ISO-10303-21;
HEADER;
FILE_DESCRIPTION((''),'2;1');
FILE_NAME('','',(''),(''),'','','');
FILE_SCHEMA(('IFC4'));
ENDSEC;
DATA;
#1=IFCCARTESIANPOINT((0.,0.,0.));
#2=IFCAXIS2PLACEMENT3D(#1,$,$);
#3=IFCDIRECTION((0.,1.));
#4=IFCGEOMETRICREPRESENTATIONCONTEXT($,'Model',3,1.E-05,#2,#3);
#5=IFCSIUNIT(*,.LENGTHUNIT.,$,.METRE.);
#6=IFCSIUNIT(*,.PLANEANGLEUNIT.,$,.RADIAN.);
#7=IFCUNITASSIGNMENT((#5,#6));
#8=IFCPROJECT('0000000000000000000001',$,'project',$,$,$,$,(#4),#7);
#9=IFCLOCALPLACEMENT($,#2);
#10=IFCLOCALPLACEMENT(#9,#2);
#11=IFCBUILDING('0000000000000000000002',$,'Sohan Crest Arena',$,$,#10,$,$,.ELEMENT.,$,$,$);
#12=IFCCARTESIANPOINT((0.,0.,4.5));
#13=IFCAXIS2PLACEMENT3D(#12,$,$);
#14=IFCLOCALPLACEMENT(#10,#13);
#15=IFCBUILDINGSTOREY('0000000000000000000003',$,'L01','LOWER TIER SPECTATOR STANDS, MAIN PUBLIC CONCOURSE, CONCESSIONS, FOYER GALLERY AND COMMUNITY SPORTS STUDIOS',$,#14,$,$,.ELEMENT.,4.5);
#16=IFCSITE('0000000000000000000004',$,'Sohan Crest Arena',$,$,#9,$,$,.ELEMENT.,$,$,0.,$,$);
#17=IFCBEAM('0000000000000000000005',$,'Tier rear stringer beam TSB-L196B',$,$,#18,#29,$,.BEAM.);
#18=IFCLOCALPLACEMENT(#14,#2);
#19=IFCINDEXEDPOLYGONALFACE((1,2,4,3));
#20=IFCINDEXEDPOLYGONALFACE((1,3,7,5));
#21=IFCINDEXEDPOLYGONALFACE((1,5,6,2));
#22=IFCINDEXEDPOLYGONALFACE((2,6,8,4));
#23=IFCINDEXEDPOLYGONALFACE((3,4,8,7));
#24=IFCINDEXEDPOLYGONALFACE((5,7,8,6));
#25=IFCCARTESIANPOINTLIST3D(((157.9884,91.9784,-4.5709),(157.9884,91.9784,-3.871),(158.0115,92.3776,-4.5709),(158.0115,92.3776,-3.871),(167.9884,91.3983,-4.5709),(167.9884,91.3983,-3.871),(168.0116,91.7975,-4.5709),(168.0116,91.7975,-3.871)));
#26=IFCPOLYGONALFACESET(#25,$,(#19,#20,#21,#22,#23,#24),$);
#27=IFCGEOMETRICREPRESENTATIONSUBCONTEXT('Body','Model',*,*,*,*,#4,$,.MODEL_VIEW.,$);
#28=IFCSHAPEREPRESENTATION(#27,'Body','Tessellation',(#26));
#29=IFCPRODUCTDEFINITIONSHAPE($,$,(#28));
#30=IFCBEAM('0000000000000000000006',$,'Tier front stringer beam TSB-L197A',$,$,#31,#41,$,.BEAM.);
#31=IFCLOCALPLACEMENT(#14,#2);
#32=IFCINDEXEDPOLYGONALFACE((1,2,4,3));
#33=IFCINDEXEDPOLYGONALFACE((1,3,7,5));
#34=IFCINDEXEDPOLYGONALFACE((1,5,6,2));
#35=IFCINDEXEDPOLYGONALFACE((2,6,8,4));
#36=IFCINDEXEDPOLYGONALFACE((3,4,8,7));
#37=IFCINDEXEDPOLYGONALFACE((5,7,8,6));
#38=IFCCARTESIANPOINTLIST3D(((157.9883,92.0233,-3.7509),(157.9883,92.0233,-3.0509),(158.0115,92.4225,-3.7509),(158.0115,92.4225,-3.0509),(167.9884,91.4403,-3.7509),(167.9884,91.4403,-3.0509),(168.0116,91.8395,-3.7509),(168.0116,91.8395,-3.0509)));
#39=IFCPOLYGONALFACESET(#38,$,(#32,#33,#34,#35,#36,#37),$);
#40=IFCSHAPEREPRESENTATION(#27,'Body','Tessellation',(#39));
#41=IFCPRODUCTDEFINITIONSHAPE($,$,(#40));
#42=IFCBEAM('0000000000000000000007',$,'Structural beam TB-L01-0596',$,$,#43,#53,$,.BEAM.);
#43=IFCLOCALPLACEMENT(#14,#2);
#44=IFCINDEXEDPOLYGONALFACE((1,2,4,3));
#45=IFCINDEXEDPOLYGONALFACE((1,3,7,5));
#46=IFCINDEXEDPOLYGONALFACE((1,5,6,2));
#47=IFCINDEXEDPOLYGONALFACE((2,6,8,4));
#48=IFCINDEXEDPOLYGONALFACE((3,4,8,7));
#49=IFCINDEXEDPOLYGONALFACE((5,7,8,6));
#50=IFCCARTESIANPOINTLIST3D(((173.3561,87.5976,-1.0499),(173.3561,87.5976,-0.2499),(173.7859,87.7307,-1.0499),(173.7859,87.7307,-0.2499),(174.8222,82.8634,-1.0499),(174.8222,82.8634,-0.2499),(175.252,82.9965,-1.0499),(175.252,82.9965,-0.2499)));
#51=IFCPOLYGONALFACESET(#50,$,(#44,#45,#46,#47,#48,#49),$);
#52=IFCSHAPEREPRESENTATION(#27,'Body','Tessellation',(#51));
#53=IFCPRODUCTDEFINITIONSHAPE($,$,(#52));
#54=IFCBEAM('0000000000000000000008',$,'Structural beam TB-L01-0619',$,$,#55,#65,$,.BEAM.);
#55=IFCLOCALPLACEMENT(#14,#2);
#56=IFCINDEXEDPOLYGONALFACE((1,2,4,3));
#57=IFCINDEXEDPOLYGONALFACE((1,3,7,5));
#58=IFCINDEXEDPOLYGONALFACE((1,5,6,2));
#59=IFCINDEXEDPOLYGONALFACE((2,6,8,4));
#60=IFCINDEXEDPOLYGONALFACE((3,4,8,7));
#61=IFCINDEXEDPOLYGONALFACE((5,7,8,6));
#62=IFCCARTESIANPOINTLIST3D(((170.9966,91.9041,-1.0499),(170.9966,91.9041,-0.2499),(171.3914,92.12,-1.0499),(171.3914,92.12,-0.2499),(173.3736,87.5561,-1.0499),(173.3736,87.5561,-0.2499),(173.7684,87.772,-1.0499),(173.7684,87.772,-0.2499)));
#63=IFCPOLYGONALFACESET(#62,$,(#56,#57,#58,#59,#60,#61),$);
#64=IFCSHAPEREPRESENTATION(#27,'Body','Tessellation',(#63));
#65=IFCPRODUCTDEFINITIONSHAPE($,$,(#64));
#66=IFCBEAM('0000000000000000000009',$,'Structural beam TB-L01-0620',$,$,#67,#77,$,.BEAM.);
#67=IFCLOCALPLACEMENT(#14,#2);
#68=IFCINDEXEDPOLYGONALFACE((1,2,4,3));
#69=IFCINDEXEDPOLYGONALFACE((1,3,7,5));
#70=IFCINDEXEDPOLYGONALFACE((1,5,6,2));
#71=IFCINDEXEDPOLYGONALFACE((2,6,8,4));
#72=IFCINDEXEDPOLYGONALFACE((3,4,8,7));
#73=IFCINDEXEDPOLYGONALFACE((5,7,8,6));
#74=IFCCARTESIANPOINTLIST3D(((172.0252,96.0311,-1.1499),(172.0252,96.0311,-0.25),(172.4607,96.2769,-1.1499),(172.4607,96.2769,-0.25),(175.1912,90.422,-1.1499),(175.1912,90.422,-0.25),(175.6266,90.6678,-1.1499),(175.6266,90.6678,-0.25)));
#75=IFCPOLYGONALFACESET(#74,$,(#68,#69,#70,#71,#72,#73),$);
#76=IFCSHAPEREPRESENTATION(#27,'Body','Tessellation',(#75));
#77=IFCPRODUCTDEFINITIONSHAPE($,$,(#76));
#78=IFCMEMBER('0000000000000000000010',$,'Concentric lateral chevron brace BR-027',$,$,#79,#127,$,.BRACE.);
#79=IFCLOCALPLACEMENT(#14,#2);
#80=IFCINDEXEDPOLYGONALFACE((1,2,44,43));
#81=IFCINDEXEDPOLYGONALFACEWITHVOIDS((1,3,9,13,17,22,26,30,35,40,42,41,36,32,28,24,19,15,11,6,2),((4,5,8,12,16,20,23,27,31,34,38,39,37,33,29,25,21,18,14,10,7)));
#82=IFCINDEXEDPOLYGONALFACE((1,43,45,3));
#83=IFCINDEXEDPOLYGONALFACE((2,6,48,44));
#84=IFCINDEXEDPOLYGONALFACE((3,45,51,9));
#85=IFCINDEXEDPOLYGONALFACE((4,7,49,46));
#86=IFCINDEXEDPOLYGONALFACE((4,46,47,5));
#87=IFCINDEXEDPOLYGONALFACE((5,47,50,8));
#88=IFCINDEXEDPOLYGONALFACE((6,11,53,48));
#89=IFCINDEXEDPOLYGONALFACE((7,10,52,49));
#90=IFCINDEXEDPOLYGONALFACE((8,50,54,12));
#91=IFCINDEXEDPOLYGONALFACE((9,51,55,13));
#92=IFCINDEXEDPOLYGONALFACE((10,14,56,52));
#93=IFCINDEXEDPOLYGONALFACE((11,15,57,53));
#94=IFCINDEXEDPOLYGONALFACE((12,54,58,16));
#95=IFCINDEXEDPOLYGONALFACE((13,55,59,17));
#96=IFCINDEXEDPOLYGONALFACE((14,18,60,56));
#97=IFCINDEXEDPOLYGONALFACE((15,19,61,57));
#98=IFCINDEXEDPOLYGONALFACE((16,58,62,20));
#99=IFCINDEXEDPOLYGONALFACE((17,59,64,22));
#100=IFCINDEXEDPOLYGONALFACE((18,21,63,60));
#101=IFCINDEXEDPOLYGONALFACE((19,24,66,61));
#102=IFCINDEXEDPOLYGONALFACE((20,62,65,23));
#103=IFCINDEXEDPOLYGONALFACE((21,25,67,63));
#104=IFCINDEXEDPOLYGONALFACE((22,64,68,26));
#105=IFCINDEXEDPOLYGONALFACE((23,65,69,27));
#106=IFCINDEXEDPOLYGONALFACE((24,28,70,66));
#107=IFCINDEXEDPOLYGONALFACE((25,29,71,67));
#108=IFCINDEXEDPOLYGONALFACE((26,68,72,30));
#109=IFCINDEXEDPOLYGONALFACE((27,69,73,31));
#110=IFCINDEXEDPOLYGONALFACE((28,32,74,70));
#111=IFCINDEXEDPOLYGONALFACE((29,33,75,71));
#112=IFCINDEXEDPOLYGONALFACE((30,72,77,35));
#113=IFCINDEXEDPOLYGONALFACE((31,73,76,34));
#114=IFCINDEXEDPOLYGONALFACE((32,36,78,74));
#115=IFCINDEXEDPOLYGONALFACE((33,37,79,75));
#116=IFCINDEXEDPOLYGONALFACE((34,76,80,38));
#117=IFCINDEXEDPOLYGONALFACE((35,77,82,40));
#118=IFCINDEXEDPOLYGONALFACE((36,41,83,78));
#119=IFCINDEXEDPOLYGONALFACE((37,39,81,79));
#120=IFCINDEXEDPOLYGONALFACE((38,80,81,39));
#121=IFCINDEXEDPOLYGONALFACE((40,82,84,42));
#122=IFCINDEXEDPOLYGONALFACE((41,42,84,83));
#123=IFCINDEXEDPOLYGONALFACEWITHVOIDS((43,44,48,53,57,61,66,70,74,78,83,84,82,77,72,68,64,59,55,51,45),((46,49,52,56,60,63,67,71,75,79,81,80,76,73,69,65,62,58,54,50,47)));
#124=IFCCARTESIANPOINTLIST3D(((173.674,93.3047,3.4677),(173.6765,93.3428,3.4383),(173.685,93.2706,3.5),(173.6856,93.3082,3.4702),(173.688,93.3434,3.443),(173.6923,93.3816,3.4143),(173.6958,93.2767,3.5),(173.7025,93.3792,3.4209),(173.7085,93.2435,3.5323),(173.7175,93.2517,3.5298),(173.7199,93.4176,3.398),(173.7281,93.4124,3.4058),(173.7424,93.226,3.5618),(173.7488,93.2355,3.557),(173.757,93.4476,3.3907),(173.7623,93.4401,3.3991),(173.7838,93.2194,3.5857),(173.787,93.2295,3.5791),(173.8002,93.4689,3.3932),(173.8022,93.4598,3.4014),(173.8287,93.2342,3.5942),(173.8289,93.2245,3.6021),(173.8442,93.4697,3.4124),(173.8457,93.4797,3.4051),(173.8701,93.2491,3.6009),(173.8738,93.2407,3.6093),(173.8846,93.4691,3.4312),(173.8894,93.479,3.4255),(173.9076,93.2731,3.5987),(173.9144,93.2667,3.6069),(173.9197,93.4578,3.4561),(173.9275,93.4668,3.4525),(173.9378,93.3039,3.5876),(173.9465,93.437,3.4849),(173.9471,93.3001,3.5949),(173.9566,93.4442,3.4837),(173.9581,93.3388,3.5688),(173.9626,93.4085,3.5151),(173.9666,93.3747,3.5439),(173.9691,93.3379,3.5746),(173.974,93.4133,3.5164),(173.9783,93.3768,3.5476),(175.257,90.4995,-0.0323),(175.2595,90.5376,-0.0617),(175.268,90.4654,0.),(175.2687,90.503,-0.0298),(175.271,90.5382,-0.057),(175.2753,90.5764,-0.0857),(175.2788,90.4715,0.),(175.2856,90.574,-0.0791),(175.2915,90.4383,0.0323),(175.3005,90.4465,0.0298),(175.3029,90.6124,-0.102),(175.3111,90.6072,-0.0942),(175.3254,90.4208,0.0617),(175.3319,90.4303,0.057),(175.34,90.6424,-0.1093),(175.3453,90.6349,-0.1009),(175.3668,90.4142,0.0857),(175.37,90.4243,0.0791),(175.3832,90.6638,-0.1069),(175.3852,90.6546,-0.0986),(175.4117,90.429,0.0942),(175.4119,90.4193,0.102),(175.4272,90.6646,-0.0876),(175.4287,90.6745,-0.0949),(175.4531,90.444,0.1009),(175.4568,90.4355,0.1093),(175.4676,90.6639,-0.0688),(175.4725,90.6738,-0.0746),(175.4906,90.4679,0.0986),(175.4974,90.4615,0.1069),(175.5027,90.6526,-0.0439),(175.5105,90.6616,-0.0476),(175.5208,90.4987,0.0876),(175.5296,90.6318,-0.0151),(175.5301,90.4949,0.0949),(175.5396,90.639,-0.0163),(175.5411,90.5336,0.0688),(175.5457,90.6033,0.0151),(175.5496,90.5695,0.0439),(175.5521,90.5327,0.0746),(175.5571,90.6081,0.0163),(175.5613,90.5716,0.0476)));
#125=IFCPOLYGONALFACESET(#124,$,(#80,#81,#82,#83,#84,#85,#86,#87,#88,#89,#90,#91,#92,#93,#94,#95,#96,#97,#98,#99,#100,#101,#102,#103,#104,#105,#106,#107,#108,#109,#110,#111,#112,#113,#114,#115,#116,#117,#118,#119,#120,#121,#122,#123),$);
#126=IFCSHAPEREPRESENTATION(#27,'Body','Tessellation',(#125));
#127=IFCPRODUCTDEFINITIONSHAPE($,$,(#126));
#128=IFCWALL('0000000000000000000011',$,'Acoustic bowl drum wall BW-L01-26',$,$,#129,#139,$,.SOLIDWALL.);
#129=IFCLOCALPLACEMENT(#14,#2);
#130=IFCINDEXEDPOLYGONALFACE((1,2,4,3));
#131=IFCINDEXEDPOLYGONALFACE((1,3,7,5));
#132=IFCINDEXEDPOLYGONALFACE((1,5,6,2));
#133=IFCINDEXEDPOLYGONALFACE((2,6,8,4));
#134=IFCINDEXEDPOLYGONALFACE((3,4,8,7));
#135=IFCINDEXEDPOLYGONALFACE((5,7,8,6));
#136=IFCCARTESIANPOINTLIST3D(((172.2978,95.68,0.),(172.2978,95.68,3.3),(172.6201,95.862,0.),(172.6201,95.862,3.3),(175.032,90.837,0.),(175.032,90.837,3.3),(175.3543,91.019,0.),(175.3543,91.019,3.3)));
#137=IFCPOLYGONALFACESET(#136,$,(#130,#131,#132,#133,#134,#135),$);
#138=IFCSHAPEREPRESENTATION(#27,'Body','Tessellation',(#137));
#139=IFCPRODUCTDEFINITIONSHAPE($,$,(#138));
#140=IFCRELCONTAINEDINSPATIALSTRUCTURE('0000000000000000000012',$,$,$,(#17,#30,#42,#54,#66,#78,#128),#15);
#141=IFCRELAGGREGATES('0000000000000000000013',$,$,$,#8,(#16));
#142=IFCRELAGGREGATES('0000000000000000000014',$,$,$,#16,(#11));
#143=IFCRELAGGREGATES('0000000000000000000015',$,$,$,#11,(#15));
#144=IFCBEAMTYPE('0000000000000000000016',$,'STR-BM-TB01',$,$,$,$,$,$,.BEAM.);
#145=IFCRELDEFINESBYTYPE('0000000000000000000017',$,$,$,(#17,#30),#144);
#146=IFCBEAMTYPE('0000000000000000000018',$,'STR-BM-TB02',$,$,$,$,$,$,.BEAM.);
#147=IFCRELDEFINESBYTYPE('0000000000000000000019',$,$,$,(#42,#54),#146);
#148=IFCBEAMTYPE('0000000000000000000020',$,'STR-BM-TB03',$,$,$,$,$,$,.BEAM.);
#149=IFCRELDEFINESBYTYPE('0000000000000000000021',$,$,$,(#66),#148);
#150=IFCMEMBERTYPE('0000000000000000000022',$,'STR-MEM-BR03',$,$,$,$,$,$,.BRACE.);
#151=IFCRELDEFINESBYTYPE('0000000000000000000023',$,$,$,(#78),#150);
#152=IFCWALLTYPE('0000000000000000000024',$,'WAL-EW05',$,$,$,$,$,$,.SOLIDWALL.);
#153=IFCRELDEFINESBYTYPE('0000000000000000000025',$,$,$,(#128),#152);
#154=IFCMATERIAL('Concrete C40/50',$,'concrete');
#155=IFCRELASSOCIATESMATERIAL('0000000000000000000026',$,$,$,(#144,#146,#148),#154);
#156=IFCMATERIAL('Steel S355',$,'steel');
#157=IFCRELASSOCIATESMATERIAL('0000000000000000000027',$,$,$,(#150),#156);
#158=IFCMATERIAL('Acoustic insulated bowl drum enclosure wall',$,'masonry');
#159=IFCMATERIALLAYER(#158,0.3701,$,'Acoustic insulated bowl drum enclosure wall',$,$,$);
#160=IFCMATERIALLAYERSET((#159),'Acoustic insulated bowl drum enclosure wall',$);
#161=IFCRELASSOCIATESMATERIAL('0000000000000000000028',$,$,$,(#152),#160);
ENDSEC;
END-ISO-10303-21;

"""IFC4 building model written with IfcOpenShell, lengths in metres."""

from ifc_helpers import new_model, si_unit, direction, frame, frame_2d, origin, origin_2d, place, context, subcontext, project, spatial, rectangle, hollow_circle, extrude, material, layer, layer_set, material_profile, profile_set, type_object, element, save


model = new_model("IFC4")

# Units and contexts
model_context = context("Model", 3, precision=1e-05, world=origin(), true_north=direction((0.0, 1.0)))
body_context = subcontext(model_context, "Body", "Model", "MODEL_VIEW")
ifc_project = project(units=[si_unit("LENGTHUNIT", "METRE"), si_unit("PLANEANGLEUNIT", "RADIAN")], contexts=[model_context])

# Site, building, storey
site_placement = place(None, origin())
site = spatial("IfcSite", under=ifc_project, at=site_placement, Name="Sohan Crest Arena", CompositionType="ELEMENT", RefElevation=0.0)
building_placement = place(site_placement, origin())
building = spatial("IfcBuilding", under=site, at=building_placement, Name="Sohan Crest Arena", CompositionType="ELEMENT")
storey_placement = place(building_placement, frame((0.0, 0.0, 4.5)))
storey = spatial("IfcBuildingStorey", under=building, at=storey_placement, Name="L01", Description="LOWER TIER SPECTATOR STANDS, MAIN PUBLIC CONCOURSE, CONCESSIONS, FOYER GALLERY AND COMMUNITY SPORTS STUDIOS", CompositionType="ELEMENT", Elevation=4.5)

# Shared definitions
ifc_material_1 = material(Name="Concrete C40/50", Category="concrete")

# Beams
ifc_material_2 = material(Name="Steel S355", Category="steel")
ifc_material_profile_1 = material_profile(ifc_material_1, rectangle(XDim=0.3999, YDim=0.7, at=origin_2d()), Name="RC-BM 400x700")
ifc_profile_set_1 = profile_set([ifc_material_profile_1], Name="Concrete C40/50")
beam_type_1 = type_object("IfcBeamType", Name="STR-BM-TB01", PredefinedType="BEAM", material=ifc_profile_set_1)
beam_1_placement = place(storey_placement, frame((168.0, 91.5979, -4.2209), z_axis=(-0.998322, 0.05791, 0.0), x_axis=(-0.05791, -0.998322, 0.0)))
element("IfcBeam", 1, at=beam_1_placement, inside=storey, type_object=beam_type_1, Name="Tier rear stringer beam TSB-L196B", PredefinedType="BEAM", context=body_context, shape_type="SweptSolid", body=[
    extrude(rectangle(XDim=0.3999, YDim=0.7, at=origin_2d()), origin(), (0.0, 0.0, 1.0), 10.0168),
])
beam_2_placement = place(storey_placement, frame((168.0, 91.6399, -3.4009), z_axis=(-0.998305, 0.058202, 0.0), x_axis=(-0.058202, -0.998305, 0.0)))
element("IfcBeam", 2, at=beam_2_placement, inside=storey, type_object=beam_type_1, Name="Tier front stringer beam TSB-L197A", PredefinedType="BEAM", context=body_context, shape_type="SweptSolid", body=[
    extrude(rectangle(XDim=0.3999, YDim=0.7, at=origin_2d()), origin(), (0.0, 0.0, 1.0), 10.0171),
])
ifc_material_profile_2 = material_profile(ifc_material_1, rectangle(XDim=0.45, YDim=0.8, at=origin_2d()), Name="RC-BM 450x800")
ifc_profile_set_2 = profile_set([ifc_material_profile_2], Name="Concrete C40/50")
beam_type_2 = type_object("IfcBeamType", Name="STR-BM-TB02", PredefinedType="BEAM", material=ifc_profile_set_2)
beam_3_placement = place(storey_placement, frame((175.0371, 82.9299, -0.6499), z_axis=(-0.29582, 0.955244, 0.0), x_axis=(-0.955244, -0.29582, 0.0)))
element("IfcBeam", 3, at=beam_3_placement, inside=storey, type_object=beam_type_2, Name="Structural beam TB-L01-0596", PredefinedType="BEAM", context=body_context, shape_type="SweptSolid", body=[
    extrude(rectangle(XDim=0.45, YDim=0.8, at=origin_2d()), origin(), (0.0, 0.0, 1.0), 4.9561),
])
beam_4_placement = place(storey_placement, frame((173.571, 87.6641, -0.6499), z_axis=(-0.479687, 0.87744, 0.0), x_axis=(-0.87744, -0.479687, 0.0)))
element("IfcBeam", 4, at=beam_4_placement, inside=storey, type_object=beam_type_2, Name="Structural beam TB-L01-0619", PredefinedType="BEAM", context=body_context, shape_type="SweptSolid", body=[
    extrude(rectangle(XDim=0.45, YDim=0.8, at=origin_2d()), origin(), (0.0, 0.0, 1.0), 4.9553),
])
ifc_material_profile_3 = material_profile(ifc_material_1, rectangle(XDim=0.5, YDim=0.8999, at=origin_2d()), Name="RC-BM 500x900")
ifc_profile_set_3 = profile_set([ifc_material_profile_3], Name="Concrete C40/50")
beam_type_3 = type_object("IfcBeamType", Name="STR-BM-TB03", PredefinedType="BEAM", material=ifc_profile_set_3)
beam_5_placement = place(storey_placement, frame((175.4089, 90.5449, -0.7), z_axis=(-0.491544, 0.870853, 0.0), x_axis=(-0.870853, -0.491544, 0.0)))
element("IfcBeam", 5, at=beam_5_placement, inside=storey, type_object=beam_type_3, Name="Structural beam TB-L01-0620", PredefinedType="BEAM", context=body_context, shape_type="SweptSolid", body=[
    extrude(rectangle(XDim=0.5, YDim=0.8999, at=origin_2d()), origin(), (0.0, 0.0, 1.0), 6.4409),
])

# Member
ifc_material_profile_4 = material_profile(ifc_material_2, hollow_circle(Radius=0.1619, WallThickness=0.0125, at=origin_2d()), Name="CHS 323.9x12.5")
ifc_profile_set_4 = profile_set([ifc_material_profile_4], Name="Steel S355")
member_type = type_object("IfcMemberType", Name="STR-MEM-BR03", PredefinedType="BRACE", material=ifc_profile_set_4)
member_placement = place(storey_placement, frame((175.4089, 90.5449, 0.0), z_axis=(-0.332805, 0.589748, 0.735825), x_axis=(-0.870899, -0.491463, 0.0)))
element("IfcMember", 6, at=member_placement, inside=storey, type_object=member_type, Name="Concentric lateral chevron brace BR-027", PredefinedType="BRACE", context=body_context, shape_type="SweptSolid", body=[
    extrude(hollow_circle(Radius=0.1619, WallThickness=0.0125, at=origin_2d()), origin(), (0.0, 0.0, 1.0), 4.7566),
])

# Wall
ifc_material_3 = material(Name="Acoustic insulated bowl drum enclosure wall", Category="masonry")
ifc_layer = layer(ifc_material_3, 0.3701, Name="Acoustic insulated bowl drum enclosure wall")
ifc_layer_set = layer_set([ifc_layer], Name="Acoustic insulated bowl drum enclosure wall")
wall_type = type_object("IfcWallType", Name="WAL-EW05", PredefinedType="SOLIDWALL", material=ifc_layer_set)
wall_placement = place(storey_placement, frame((175.1931, 90.928, 0.0), z_axis=(0.0, 0.0, 1.0), x_axis=(-0.491617, 0.870811, 0.0)))
element("IfcWall", 7, at=wall_placement, inside=storey, type_object=wall_type, Name="Acoustic bowl drum wall BW-L01-26", PredefinedType="SOLIDWALL", context=body_context, shape_type="SweptSolid", body=[
    extrude(rectangle(XDim=5.5615, YDim=0.3701, at=frame_2d((2.7808, 0.0))), origin(), (0.0, 0.0, 1.0), 3.3),
])

save(model, "model.ifc")
